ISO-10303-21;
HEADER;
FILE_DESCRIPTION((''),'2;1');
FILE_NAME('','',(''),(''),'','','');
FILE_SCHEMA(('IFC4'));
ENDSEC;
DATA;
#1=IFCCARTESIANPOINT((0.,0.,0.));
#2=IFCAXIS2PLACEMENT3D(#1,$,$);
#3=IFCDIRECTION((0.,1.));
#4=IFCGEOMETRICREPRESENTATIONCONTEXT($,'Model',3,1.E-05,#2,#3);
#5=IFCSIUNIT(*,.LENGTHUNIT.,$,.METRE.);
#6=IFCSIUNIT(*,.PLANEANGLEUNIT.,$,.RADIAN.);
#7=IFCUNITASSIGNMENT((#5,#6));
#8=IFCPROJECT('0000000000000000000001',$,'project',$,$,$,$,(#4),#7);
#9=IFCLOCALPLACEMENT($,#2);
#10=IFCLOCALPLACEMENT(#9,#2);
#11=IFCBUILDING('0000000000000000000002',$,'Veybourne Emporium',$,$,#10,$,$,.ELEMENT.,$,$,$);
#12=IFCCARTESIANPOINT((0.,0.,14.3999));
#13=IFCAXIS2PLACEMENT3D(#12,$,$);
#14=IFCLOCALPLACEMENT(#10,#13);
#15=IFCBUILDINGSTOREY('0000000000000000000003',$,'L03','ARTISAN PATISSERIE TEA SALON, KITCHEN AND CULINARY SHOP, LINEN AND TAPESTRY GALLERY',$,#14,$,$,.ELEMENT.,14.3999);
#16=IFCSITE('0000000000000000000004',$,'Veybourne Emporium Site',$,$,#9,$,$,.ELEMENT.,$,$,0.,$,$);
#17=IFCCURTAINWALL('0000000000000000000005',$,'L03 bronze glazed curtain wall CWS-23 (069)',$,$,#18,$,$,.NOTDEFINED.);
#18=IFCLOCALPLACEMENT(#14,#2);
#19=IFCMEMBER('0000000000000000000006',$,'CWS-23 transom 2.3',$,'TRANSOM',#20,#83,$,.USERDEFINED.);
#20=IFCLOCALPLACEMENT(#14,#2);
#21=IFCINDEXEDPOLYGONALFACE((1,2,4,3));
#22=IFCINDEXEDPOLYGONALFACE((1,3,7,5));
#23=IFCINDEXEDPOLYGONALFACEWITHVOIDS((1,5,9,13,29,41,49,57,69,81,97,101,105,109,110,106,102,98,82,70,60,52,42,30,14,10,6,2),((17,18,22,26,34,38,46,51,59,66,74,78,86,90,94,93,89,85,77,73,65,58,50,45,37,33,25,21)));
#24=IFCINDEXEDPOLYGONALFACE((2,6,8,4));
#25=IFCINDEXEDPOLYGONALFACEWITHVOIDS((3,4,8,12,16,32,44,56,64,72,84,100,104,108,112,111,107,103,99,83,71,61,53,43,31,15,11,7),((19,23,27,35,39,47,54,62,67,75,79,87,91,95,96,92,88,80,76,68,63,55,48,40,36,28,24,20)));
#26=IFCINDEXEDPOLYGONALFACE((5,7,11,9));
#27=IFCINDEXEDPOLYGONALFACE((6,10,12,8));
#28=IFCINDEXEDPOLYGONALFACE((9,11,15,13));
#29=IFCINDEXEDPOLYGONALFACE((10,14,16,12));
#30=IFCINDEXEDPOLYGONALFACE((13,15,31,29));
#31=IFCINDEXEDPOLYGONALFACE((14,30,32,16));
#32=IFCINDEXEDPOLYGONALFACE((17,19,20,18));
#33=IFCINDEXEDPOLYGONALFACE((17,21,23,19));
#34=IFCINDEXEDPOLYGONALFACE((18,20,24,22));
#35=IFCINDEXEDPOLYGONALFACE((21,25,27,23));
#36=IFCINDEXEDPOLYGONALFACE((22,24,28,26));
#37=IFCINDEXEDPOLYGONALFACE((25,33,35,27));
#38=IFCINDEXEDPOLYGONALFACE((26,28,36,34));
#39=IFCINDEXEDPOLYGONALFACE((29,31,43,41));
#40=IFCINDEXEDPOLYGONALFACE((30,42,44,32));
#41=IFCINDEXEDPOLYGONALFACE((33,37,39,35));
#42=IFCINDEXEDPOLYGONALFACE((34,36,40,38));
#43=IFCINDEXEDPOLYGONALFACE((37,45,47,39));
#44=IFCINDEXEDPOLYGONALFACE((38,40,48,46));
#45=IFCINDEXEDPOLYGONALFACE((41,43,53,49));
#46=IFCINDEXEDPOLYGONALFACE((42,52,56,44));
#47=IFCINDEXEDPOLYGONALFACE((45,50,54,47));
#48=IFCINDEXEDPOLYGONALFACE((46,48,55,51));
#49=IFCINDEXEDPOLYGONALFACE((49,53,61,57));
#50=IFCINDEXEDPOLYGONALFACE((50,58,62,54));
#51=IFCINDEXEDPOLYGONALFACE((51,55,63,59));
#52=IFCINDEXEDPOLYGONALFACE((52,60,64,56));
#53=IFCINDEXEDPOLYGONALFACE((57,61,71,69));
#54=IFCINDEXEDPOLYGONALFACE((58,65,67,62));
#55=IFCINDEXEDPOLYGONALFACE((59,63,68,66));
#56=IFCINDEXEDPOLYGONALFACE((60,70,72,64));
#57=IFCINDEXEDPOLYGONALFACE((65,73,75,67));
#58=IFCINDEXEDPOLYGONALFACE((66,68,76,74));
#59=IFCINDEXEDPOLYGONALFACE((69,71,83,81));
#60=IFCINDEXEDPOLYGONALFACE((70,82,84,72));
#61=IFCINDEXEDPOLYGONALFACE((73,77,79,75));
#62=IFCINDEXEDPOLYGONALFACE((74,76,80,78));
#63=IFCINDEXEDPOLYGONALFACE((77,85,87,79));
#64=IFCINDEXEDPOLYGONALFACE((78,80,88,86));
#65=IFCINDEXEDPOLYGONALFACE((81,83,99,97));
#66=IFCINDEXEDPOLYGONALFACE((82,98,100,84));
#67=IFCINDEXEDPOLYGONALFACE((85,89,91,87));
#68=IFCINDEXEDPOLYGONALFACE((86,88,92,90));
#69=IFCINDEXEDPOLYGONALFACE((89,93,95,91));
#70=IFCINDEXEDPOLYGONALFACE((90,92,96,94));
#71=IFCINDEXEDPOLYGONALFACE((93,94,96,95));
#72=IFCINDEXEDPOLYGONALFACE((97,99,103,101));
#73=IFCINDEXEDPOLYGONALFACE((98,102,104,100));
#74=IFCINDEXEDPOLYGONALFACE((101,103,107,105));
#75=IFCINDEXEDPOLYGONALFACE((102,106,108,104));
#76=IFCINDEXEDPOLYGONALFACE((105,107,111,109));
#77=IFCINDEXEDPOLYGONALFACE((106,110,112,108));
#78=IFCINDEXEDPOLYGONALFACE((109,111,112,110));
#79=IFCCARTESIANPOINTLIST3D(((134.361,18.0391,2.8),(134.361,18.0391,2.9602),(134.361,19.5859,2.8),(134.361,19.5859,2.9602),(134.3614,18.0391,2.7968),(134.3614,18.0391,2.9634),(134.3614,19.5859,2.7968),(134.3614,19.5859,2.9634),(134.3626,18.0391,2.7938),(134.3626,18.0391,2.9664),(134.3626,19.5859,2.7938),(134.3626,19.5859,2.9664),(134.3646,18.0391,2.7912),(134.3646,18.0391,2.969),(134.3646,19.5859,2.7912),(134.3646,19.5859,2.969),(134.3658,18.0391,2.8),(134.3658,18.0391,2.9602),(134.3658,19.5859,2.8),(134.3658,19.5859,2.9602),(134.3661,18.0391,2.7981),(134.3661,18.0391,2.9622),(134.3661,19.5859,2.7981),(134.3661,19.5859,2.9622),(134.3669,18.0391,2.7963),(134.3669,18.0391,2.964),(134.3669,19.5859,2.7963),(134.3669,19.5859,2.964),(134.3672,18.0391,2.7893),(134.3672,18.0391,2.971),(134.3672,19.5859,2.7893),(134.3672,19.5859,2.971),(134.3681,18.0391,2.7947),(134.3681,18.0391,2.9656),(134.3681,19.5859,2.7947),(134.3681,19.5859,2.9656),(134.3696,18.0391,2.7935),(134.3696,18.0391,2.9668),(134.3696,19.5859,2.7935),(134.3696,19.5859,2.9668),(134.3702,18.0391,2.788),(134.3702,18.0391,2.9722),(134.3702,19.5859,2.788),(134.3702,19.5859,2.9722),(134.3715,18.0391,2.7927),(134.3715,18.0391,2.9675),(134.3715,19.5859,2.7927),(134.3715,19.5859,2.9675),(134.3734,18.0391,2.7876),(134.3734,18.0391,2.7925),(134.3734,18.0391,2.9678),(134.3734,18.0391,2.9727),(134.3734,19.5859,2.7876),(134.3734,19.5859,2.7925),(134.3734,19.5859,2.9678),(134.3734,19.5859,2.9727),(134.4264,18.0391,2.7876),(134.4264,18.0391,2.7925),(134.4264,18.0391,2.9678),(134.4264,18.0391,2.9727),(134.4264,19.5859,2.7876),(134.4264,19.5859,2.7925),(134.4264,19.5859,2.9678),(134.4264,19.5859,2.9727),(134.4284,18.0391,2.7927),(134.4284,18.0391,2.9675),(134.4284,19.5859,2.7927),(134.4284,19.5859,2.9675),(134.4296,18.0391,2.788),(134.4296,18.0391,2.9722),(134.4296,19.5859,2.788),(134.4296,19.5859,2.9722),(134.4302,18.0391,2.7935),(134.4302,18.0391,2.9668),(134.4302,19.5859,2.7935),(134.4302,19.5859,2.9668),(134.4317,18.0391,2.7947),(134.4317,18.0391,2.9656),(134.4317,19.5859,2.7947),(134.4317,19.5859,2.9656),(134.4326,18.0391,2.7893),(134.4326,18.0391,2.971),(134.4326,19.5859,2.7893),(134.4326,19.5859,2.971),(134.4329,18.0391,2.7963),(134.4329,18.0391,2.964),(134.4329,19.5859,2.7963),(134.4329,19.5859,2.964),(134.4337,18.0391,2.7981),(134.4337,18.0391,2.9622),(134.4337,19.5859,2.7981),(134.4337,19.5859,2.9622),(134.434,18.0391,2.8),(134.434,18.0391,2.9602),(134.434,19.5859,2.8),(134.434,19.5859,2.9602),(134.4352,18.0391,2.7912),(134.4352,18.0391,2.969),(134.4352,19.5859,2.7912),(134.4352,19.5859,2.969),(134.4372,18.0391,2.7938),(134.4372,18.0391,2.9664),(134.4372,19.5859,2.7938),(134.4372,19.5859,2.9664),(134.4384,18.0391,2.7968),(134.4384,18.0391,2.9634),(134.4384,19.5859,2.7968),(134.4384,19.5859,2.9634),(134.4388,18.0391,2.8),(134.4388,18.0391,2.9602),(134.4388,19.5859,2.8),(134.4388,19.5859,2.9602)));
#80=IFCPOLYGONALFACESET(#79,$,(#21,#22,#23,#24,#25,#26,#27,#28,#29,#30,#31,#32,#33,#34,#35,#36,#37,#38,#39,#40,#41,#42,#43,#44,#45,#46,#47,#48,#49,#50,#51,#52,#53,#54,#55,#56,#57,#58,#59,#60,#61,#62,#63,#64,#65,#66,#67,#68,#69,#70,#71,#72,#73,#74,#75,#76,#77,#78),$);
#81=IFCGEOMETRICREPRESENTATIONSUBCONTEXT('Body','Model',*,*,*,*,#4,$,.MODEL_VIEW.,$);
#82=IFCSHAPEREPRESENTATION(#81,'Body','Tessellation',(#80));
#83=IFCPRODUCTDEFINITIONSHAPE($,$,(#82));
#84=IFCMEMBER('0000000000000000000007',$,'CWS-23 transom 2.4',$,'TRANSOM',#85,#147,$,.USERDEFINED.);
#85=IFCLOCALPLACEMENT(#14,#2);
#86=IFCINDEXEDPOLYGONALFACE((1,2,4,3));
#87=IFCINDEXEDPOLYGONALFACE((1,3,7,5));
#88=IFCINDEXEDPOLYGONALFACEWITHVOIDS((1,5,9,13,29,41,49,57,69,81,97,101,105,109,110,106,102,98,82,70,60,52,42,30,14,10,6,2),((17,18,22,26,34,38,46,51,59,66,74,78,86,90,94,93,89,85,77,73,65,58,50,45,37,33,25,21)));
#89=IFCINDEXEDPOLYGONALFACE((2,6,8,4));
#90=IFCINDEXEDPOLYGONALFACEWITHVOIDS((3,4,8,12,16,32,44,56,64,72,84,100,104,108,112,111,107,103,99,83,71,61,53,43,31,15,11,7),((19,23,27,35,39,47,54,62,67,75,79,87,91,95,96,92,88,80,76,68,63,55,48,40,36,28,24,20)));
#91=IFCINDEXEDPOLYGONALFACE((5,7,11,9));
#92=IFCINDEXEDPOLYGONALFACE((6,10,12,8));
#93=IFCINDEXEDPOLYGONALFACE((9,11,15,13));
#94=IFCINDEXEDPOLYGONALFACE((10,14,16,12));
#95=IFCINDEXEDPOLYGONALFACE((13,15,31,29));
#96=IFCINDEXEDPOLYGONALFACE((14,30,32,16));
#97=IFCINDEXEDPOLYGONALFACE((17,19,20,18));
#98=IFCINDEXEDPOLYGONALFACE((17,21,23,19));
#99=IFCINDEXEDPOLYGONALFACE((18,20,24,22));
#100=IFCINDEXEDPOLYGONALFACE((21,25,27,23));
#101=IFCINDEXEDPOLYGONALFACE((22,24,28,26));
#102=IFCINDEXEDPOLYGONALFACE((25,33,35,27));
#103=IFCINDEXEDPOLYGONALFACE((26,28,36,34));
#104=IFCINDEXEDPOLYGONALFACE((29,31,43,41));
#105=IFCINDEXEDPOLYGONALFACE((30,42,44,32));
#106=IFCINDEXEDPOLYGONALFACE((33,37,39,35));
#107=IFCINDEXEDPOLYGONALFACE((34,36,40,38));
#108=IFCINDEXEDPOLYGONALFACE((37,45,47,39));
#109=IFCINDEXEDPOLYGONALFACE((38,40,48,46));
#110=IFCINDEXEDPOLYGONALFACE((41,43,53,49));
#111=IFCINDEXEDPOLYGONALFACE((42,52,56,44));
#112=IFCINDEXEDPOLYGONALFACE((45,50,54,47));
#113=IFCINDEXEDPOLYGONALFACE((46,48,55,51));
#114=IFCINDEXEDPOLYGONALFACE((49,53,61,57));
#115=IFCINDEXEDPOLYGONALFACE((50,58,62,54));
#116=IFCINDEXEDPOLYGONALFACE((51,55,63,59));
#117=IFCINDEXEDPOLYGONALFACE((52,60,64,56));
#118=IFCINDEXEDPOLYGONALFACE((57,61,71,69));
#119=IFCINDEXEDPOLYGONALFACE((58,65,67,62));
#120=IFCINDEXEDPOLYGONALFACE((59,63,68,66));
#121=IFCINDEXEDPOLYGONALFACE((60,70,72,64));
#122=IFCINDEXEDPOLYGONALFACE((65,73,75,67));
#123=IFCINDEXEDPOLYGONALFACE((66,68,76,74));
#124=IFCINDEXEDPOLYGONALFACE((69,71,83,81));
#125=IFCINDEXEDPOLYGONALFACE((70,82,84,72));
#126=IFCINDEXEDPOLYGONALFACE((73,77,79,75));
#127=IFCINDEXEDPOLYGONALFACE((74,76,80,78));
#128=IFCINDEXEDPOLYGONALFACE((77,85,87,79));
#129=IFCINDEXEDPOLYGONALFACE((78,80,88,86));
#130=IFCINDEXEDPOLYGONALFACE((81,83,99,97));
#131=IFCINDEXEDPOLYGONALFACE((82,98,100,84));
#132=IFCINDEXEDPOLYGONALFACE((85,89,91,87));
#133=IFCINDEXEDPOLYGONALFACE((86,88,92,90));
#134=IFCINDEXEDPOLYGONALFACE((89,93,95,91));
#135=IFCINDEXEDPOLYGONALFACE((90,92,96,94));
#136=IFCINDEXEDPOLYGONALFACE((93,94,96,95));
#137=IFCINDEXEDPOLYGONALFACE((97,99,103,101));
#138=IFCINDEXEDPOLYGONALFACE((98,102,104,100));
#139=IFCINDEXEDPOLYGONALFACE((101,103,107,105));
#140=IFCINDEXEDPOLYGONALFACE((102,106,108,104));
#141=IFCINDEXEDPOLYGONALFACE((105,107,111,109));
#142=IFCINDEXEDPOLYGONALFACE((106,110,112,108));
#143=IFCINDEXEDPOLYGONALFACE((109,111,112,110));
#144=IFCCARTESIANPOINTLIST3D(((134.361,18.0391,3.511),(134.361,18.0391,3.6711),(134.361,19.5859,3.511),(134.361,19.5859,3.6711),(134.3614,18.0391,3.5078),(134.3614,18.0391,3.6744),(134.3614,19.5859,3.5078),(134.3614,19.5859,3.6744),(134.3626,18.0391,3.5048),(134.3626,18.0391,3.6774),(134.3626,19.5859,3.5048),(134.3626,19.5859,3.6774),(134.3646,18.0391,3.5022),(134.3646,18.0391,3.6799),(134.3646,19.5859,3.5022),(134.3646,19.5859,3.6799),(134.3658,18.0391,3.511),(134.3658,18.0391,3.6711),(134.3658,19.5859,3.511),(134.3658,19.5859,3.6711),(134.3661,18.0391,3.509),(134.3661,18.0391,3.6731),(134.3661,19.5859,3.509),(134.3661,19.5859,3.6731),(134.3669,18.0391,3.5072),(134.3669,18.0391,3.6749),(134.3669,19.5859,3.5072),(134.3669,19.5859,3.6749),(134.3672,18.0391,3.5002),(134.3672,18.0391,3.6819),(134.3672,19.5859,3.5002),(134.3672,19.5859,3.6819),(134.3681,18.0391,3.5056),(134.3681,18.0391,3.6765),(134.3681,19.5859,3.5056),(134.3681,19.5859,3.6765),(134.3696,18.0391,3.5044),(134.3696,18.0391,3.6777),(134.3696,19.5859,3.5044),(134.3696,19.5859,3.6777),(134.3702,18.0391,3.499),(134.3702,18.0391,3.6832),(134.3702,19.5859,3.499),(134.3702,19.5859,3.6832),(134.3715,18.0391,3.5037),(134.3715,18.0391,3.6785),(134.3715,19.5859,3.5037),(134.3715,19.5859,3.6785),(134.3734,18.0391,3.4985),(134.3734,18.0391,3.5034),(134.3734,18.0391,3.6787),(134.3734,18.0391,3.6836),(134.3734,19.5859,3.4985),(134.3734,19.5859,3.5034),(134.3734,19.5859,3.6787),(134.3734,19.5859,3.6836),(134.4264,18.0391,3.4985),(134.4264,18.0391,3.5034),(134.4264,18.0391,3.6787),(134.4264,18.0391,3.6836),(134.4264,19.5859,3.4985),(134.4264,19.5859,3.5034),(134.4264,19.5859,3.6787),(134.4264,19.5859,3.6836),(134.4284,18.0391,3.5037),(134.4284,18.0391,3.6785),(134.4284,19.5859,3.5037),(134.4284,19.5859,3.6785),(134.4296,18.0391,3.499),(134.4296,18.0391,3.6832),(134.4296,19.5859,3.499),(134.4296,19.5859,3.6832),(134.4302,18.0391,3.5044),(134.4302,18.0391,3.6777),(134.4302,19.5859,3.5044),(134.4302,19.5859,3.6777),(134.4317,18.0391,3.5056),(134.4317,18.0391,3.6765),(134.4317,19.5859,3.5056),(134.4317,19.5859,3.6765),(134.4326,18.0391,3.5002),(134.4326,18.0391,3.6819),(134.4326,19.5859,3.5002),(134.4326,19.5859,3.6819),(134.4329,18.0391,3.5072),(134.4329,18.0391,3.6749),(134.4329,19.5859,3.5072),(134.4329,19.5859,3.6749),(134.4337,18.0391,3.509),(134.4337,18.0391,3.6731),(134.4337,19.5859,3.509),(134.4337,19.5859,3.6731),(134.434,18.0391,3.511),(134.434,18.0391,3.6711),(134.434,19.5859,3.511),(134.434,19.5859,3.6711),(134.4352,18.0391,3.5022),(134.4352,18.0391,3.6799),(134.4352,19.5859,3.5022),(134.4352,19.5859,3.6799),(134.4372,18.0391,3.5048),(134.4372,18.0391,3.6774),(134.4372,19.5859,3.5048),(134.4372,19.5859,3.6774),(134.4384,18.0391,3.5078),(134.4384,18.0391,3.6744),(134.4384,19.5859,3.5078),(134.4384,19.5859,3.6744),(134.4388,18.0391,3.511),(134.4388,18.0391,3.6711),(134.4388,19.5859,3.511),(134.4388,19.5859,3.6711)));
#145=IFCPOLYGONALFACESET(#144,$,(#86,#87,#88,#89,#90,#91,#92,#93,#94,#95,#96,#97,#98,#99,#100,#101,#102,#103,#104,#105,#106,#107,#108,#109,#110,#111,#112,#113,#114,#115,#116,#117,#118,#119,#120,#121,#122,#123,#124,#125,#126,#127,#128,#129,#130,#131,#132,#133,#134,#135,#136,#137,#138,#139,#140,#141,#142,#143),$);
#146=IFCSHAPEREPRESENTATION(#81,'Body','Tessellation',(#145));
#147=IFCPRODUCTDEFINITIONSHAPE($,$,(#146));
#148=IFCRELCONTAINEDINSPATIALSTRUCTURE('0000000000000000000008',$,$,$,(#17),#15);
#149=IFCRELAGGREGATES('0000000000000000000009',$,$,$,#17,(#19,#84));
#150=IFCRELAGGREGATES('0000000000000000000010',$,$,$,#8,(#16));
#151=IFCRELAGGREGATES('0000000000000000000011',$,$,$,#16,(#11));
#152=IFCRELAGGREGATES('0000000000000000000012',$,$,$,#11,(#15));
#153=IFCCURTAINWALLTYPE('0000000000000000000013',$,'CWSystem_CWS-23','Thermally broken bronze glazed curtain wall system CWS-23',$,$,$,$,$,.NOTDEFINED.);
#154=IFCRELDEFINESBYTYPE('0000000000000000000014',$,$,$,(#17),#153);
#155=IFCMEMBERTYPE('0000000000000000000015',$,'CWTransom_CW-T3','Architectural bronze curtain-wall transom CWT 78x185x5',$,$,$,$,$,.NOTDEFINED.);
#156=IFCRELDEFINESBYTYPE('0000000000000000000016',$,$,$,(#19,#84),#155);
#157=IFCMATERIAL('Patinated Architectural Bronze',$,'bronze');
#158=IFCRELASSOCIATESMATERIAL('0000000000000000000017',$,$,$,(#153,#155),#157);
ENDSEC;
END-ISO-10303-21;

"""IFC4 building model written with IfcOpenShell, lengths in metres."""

from ifc_helpers import new_model, si_unit, direction, frame, origin, origin_2d, place, context, subcontext, project, spatial, hollow_rectangle, extrude, material, material_profile, profile_set, type_object, element, aggregate, save


model = new_model("IFC4")

# Units and contexts
model_context = context("Model", 3, precision=1e-05, world=origin(), true_north=direction((0.0, 1.0)))
body_context = subcontext(model_context, "Body", "Model", "MODEL_VIEW")
ifc_project = project(units=[si_unit("LENGTHUNIT", "METRE"), si_unit("PLANEANGLEUNIT", "RADIAN")], contexts=[model_context])

# Site, building, storey
site_placement = place(None, origin())
site = spatial("IfcSite", under=ifc_project, at=site_placement, Name="Veybourne Emporium Site", CompositionType="ELEMENT", RefElevation=0.0)
building_placement = place(site_placement, origin())
building = spatial("IfcBuilding", under=site, at=building_placement, Name="Veybourne Emporium", CompositionType="ELEMENT")
storey_placement = place(building_placement, frame((0.0, 0.0, 14.3999)))
storey = spatial("IfcBuildingStorey", under=building, at=storey_placement, Name="L03", Description="ARTISAN PATISSERIE TEA SALON, KITCHEN AND CULINARY SHOP, LINEN AND TAPESTRY GALLERY", CompositionType="ELEMENT", Elevation=14.3999)

# Curtain wall, members
ifc_material_1 = material(Name="Patinated Architectural Bronze", Category="bronze")
curtain_wall_type = type_object("IfcCurtainWallType", Name="CWSystem_CWS-23", Description="Thermally broken bronze glazed curtain wall system CWS-23", PredefinedType="NOTDEFINED", material=ifc_material_1)
curtain_wall_placement = place(storey_placement, origin())
curtain_wall = element("IfcCurtainWall", 1, at=curtain_wall_placement, inside=storey, type_object=curtain_wall_type, Name="L03 bronze glazed curtain wall CWS-23 (069)", PredefinedType="NOTDEFINED")
ifc_material_profile_1 = material_profile(ifc_material_1, hollow_rectangle(XDim=0.0779, YDim=0.1851, WallThickness=0.0049, InnerFilletRadius=0.0076, OuterFilletRadius=0.0125, at=origin_2d()), Name="CWT 78x185x5")
ifc_profile_set_1 = profile_set([ifc_material_profile_1], Name="Patinated Architectural Bronze")
member_type_1 = type_object("IfcMemberType", Name="CWTransom_CW-T3", Description="Architectural bronze curtain-wall transom CWT 78x185x5", PredefinedType="NOTDEFINED", material=ifc_profile_set_1)
member_1_placement = place(storey_placement, frame((134.3999, 19.5859, 2.8801), z_axis=(0.0, -1.0, 0.0), x_axis=(1.0, 0.0, 0.0)))
member_1 = element("IfcMember", 2, at=member_1_placement, type_object=member_type_1, Name="CWS-23 transom 2.3", ObjectType="TRANSOM", PredefinedType="USERDEFINED", context=body_context, shape_type="SweptSolid", body=[
    extrude(hollow_rectangle(XDim=0.0779, YDim=0.1851, WallThickness=0.0049, InnerFilletRadius=0.0076, OuterFilletRadius=0.0125, at=origin_2d()), origin(), (0.0, 0.0, 1.0), 1.5469),
])
member_2_placement = place(storey_placement, frame((134.3999, 19.5859, 3.5911), z_axis=(0.0, -1.0, 0.0), x_axis=(1.0, 0.0, 0.0)))
member_2 = element("IfcMember", 3, at=member_2_placement, type_object=member_type_1, Name="CWS-23 transom 2.4", ObjectType="TRANSOM", PredefinedType="USERDEFINED", context=body_context, shape_type="SweptSolid", body=[
    extrude(hollow_rectangle(XDim=0.0779, YDim=0.1851, WallThickness=0.0049, InnerFilletRadius=0.0076, OuterFilletRadius=0.0125, at=origin_2d()), origin(), (0.0, 0.0, 1.0), 1.5469),
])
aggregate(curtain_wall, [member_1, member_2])

save(model, "model.ifc")
